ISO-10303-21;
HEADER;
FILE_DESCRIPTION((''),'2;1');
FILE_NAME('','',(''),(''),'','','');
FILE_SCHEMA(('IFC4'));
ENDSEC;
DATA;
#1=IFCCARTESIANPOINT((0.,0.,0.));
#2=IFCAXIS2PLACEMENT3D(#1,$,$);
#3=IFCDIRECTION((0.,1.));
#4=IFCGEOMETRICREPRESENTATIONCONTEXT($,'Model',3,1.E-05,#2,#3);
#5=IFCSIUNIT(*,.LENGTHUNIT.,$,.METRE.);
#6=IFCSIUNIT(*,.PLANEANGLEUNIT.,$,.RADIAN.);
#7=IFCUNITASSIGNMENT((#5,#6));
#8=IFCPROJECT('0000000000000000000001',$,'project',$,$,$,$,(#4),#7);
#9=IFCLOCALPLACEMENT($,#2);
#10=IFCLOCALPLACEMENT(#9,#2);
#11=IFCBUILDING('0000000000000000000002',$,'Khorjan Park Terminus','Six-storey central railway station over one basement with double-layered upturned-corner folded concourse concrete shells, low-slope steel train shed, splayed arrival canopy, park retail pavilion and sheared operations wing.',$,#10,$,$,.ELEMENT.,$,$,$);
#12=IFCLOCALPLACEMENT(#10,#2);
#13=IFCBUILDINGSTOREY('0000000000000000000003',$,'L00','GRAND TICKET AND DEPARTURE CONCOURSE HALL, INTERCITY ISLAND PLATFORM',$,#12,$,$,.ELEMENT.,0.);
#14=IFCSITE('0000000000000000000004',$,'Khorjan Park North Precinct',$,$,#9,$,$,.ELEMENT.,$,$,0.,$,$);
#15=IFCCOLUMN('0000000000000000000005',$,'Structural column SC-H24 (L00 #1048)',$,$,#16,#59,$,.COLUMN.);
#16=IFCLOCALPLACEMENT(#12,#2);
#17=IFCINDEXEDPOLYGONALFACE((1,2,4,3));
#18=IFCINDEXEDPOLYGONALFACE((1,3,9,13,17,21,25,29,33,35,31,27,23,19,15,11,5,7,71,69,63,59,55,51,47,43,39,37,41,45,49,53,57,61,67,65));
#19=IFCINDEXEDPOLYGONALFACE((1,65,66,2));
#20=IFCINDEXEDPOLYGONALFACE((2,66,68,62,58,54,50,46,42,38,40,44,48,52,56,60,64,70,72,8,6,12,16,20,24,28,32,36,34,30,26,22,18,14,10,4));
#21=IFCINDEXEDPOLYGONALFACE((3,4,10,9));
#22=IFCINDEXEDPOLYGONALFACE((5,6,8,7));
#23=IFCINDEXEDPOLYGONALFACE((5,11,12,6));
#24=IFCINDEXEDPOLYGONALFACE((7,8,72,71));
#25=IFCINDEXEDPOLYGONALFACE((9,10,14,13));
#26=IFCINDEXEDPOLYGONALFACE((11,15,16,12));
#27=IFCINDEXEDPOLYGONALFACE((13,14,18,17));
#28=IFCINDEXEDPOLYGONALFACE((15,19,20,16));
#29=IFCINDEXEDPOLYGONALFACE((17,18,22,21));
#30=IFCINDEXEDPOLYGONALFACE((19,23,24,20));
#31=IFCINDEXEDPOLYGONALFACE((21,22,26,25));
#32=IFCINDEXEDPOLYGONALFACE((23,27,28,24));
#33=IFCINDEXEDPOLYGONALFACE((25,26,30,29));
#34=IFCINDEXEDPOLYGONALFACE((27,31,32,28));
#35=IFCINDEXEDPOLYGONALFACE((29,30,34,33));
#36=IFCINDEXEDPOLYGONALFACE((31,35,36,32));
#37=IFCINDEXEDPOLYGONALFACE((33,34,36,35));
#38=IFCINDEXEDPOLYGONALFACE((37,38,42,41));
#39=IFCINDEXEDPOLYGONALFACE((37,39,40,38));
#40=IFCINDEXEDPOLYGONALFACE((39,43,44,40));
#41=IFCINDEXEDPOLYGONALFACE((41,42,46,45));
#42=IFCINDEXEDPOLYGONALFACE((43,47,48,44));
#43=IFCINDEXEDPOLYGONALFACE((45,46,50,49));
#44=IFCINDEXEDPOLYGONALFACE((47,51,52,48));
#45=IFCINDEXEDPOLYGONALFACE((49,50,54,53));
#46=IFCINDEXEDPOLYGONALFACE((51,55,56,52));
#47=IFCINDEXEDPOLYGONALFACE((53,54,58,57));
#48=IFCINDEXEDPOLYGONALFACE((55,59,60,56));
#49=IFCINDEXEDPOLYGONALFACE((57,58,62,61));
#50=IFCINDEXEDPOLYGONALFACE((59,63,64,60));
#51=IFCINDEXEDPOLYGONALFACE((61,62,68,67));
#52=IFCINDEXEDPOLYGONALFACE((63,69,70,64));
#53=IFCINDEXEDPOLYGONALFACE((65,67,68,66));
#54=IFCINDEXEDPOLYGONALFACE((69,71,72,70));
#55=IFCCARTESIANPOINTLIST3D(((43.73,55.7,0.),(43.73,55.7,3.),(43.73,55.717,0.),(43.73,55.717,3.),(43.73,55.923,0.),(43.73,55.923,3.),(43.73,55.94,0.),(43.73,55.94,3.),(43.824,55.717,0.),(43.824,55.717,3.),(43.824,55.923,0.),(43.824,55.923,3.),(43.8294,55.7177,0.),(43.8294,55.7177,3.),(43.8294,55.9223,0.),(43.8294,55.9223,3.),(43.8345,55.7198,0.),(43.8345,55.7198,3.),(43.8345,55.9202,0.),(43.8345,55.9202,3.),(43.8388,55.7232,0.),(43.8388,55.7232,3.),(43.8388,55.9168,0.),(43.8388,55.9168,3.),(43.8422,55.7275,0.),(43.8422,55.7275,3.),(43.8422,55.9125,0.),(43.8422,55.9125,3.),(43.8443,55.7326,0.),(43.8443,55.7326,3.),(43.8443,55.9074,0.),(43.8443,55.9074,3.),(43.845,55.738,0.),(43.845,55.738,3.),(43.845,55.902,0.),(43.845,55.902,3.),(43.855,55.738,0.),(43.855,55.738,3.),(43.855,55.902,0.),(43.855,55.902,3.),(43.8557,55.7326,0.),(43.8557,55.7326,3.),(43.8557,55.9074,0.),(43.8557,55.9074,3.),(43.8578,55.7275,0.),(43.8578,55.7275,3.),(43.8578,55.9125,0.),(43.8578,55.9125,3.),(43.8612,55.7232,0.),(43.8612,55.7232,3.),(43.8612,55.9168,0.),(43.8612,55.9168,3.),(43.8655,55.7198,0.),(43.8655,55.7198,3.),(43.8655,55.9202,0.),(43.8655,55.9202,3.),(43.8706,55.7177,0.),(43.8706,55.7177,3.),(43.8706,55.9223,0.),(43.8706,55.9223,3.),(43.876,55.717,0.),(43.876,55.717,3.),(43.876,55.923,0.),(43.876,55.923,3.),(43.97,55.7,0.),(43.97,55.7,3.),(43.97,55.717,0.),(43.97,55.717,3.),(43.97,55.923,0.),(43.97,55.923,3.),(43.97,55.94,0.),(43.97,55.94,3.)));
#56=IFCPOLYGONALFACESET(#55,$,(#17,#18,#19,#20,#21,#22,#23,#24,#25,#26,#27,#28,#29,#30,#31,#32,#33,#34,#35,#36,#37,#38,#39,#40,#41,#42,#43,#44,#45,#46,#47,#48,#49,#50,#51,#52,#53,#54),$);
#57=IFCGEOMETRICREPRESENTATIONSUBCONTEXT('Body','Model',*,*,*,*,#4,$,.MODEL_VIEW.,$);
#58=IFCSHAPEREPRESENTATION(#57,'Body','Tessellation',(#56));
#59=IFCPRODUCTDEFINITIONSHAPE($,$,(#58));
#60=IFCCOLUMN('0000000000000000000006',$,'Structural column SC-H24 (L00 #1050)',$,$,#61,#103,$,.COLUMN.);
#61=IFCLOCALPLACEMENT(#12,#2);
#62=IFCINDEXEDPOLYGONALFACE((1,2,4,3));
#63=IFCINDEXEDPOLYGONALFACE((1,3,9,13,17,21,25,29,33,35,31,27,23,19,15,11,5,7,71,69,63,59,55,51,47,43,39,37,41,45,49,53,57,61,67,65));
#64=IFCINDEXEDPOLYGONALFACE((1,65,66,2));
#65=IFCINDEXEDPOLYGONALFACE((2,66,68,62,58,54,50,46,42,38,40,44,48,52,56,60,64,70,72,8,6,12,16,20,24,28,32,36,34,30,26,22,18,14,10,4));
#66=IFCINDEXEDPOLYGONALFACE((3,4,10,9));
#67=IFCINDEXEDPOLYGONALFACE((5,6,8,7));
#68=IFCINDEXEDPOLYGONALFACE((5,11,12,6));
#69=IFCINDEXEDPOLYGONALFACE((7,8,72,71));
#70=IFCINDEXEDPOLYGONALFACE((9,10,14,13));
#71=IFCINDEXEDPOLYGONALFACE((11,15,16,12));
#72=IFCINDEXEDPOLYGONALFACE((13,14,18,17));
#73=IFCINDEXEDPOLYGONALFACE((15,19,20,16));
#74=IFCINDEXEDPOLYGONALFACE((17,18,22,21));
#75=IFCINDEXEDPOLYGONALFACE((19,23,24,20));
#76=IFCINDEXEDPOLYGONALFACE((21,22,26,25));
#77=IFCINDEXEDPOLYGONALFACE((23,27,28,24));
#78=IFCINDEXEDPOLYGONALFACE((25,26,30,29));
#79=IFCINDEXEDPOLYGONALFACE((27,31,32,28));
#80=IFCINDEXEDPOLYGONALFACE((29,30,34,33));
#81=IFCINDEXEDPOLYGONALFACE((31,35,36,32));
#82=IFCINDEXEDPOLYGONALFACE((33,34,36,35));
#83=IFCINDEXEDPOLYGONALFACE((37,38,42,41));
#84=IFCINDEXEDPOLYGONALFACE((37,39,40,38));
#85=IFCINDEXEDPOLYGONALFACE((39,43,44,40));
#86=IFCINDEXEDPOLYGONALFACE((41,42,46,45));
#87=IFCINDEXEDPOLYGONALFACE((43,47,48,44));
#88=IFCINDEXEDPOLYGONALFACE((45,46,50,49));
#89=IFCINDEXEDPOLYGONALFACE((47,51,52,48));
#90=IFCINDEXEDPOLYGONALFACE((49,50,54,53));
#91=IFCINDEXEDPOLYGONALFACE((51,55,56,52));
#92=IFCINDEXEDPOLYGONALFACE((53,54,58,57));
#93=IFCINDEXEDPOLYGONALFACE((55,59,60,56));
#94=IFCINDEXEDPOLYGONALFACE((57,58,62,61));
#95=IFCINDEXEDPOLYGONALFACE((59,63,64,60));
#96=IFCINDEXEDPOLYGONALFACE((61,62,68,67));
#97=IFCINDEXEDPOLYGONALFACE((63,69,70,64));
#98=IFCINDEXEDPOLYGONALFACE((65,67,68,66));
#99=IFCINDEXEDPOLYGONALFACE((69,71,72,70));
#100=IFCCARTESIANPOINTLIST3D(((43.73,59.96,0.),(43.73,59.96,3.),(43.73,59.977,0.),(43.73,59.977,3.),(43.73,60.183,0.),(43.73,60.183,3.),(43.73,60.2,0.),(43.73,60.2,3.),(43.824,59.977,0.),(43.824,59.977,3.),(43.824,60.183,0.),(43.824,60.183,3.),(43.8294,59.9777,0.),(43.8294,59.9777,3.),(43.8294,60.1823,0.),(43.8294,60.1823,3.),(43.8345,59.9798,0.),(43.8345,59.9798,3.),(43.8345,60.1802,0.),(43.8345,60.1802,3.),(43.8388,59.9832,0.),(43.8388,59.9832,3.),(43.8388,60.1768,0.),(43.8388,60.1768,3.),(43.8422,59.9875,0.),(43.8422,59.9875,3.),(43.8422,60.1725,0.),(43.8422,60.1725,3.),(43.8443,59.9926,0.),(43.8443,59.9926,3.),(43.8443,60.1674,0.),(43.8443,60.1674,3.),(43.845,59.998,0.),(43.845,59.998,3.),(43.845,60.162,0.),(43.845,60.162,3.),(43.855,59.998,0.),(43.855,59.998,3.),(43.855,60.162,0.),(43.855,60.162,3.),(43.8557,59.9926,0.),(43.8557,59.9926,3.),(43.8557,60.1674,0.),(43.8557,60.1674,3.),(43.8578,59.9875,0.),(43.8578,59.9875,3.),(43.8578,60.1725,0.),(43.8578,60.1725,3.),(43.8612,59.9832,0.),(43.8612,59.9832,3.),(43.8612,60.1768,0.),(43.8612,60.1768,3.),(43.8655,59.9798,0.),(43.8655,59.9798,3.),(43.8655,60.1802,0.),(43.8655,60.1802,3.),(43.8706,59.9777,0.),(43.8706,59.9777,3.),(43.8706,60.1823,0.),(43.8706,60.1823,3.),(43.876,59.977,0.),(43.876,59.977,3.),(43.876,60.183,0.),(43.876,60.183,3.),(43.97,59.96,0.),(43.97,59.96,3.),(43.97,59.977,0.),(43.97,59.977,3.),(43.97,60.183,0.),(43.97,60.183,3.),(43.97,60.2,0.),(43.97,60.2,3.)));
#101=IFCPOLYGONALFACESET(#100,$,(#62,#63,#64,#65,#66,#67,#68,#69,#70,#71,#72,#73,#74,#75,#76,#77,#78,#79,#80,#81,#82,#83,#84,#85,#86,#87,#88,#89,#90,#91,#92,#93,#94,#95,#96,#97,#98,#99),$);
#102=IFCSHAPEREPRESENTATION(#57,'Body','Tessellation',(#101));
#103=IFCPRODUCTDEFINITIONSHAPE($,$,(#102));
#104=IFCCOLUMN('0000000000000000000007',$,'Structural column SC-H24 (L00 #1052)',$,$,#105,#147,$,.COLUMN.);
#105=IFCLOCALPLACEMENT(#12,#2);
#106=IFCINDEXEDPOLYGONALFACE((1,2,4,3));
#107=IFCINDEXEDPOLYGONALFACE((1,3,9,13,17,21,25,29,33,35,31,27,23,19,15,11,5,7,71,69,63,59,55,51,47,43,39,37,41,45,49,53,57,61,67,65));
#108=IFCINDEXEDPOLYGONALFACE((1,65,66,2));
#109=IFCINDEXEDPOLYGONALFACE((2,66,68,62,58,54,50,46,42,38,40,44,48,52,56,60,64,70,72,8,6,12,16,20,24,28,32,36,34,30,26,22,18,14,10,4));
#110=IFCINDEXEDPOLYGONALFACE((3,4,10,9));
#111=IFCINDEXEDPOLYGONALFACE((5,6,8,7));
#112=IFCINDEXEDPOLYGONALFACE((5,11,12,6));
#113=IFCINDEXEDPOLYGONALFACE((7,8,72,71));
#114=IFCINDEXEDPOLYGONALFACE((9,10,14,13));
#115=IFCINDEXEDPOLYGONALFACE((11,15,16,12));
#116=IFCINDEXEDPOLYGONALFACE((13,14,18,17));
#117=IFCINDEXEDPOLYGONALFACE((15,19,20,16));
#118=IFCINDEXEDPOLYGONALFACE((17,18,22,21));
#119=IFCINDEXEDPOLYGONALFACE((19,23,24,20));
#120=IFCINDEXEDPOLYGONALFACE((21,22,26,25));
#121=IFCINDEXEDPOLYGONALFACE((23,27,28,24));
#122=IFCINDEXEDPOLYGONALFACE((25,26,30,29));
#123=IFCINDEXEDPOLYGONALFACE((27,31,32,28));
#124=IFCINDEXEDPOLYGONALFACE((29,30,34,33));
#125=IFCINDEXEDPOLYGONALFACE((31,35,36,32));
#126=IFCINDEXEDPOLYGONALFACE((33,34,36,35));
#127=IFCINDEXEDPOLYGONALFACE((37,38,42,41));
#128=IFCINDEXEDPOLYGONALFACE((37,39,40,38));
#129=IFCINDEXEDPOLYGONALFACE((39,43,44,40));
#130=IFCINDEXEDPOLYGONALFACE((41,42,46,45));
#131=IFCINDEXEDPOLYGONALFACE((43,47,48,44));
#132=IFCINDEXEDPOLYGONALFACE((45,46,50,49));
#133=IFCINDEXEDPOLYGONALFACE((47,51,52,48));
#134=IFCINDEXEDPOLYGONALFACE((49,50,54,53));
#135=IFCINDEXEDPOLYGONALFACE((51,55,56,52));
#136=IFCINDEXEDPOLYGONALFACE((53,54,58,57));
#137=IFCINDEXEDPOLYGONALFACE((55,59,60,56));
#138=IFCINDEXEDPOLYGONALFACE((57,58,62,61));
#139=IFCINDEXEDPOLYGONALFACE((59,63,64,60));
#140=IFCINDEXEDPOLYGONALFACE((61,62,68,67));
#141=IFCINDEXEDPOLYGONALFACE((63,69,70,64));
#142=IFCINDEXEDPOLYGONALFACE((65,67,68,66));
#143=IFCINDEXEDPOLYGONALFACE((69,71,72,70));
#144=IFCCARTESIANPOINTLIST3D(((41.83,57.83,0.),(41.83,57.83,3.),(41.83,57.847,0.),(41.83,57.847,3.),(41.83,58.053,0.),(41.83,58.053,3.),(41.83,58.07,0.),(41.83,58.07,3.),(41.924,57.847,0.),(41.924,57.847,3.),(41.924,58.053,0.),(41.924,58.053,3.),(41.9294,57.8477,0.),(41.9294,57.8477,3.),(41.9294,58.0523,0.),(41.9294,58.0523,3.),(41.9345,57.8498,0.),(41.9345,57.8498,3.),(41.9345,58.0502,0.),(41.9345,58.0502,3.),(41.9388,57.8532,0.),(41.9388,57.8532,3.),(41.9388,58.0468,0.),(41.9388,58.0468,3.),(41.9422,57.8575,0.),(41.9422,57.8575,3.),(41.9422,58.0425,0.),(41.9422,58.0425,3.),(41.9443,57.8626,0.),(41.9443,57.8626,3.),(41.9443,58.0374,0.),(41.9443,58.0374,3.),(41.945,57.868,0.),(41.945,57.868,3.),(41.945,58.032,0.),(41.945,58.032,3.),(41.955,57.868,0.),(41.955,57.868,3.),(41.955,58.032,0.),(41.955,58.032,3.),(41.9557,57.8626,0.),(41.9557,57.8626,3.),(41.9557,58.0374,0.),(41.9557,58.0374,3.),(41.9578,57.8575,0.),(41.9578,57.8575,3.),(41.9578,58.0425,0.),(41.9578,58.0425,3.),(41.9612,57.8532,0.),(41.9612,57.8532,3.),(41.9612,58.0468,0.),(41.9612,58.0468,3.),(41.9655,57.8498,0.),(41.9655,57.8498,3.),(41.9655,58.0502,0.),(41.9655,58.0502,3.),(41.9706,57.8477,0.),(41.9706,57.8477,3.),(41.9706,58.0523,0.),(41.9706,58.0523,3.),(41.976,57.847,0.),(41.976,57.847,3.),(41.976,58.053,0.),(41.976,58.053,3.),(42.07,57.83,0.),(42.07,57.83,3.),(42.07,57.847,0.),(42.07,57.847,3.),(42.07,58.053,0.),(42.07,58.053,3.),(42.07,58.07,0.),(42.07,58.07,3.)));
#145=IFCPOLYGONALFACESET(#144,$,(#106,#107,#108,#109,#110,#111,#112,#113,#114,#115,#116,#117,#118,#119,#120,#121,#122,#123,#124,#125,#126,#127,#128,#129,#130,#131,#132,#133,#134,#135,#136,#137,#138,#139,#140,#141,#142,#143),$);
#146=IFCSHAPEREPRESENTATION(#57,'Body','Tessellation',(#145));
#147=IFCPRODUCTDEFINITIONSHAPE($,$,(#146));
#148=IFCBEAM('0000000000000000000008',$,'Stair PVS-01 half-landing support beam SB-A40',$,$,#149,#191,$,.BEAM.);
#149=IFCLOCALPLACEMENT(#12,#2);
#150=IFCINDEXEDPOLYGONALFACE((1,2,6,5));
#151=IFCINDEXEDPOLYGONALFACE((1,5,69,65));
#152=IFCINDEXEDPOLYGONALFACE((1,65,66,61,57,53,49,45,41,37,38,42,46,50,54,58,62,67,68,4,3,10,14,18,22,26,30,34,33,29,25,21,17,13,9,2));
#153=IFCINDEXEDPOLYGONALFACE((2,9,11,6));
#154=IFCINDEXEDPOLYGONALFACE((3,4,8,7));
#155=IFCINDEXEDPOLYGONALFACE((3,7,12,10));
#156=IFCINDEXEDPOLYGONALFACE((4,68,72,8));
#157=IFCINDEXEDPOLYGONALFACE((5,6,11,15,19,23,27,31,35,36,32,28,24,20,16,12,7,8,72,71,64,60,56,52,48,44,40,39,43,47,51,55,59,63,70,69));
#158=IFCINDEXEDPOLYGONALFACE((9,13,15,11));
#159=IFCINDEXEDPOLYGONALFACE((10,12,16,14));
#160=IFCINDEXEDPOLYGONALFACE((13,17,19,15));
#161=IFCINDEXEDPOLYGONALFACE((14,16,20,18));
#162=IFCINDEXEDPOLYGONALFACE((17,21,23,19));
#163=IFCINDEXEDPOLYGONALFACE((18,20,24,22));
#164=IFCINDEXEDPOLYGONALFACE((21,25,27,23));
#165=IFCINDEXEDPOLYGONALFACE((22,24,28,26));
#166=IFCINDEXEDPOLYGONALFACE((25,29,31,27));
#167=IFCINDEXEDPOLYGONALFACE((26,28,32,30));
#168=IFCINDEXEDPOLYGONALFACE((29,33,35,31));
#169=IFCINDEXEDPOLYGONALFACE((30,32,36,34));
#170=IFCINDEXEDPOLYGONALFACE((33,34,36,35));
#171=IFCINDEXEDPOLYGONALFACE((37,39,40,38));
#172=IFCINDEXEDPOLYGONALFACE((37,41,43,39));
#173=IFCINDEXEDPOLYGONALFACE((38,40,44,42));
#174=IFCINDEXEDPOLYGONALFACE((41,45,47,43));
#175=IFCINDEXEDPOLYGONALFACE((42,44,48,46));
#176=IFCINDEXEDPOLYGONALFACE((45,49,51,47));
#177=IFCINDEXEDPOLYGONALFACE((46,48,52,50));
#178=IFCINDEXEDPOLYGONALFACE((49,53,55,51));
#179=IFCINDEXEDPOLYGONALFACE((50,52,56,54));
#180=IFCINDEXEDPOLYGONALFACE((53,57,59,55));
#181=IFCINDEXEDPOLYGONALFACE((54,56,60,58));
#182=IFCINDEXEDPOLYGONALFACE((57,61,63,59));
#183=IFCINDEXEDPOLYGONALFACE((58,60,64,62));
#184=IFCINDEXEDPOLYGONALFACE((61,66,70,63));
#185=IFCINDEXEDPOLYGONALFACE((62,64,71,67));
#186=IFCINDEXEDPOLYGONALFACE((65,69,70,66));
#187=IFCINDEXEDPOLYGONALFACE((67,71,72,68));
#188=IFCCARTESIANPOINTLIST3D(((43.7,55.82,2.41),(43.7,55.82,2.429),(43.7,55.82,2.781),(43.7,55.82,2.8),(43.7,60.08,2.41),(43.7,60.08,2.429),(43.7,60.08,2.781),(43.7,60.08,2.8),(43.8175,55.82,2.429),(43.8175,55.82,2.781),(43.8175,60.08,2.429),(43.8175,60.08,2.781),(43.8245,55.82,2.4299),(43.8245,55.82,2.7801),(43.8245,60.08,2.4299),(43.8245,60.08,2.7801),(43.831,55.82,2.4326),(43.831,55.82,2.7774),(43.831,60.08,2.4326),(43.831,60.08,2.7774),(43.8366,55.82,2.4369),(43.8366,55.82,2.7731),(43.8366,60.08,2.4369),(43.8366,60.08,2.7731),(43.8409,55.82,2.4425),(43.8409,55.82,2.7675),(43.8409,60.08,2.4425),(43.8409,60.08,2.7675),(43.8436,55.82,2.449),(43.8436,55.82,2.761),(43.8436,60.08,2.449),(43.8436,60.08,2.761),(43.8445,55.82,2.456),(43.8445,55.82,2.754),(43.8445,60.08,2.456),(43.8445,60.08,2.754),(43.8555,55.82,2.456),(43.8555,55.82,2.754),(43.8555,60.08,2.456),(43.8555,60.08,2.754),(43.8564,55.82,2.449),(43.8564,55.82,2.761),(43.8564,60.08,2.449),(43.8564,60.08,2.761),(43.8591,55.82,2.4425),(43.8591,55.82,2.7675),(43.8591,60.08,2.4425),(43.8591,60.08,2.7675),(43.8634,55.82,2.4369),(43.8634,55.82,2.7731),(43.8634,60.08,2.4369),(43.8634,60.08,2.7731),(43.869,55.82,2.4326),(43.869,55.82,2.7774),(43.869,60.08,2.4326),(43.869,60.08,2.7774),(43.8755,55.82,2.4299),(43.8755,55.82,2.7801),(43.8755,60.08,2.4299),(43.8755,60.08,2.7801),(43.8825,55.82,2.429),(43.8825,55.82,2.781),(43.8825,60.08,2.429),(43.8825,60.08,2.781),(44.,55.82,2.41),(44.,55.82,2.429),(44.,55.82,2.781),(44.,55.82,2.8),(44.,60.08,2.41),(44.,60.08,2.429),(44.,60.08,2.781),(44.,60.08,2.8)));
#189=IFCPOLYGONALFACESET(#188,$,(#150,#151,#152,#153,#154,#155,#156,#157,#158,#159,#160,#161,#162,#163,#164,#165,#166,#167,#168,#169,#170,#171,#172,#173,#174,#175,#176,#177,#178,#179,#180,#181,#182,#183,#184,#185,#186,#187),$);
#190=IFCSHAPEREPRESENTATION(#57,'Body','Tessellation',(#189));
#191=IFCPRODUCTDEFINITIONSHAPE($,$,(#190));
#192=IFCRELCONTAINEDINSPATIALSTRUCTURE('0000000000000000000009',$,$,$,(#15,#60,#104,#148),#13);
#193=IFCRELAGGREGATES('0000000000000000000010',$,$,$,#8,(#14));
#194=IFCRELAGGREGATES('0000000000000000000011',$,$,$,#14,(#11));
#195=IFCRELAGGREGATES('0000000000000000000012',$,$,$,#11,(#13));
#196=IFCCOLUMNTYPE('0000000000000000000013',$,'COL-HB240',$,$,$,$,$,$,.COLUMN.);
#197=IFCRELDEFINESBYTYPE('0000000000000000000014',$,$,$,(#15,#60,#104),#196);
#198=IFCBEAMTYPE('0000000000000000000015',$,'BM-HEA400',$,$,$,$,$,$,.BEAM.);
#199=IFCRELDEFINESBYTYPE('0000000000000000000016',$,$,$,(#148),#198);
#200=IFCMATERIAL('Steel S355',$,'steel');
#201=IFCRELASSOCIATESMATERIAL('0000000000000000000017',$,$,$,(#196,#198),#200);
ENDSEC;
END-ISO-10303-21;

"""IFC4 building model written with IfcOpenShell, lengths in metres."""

from ifc_helpers import new_model, si_unit, direction, frame, origin, origin_2d, place, context, subcontext, project, spatial, i_section, extrude, material, material_profile, profile_set, type_object, element, save


model = new_model("IFC4")

# Units and contexts
model_context = context("Model", 3, precision=1e-05, world=origin(), true_north=direction((0.0, 1.0)))
body_context = subcontext(model_context, "Body", "Model", "MODEL_VIEW")
ifc_project = project(units=[si_unit("LENGTHUNIT", "METRE"), si_unit("PLANEANGLEUNIT", "RADIAN")], contexts=[model_context])

# Site, building, storey
site_placement = place(None, origin())
site = spatial("IfcSite", under=ifc_project, at=site_placement, Name="Khorjan Park North Precinct", CompositionType="ELEMENT", RefElevation=0.0)
building_placement = place(site_placement, origin())
building = spatial("IfcBuilding", under=site, at=building_placement, Name="Khorjan Park Terminus", Description="Six-storey central railway station over one basement with double-layered upturned-corner folded concourse concrete shells, low-slope steel train shed, splayed arrival canopy, park retail pavilion and sheared operations wing.", CompositionType="ELEMENT")
storey_placement = place(building_placement, origin())
storey = spatial("IfcBuildingStorey", under=building, at=storey_placement, Name="L00", Description="GRAND TICKET AND DEPARTURE CONCOURSE HALL, INTERCITY ISLAND PLATFORM", CompositionType="ELEMENT", Elevation=0.0)

# Columns
ifc_material_1 = material(Name="Steel S355", Category="steel")
ifc_material_profile_1 = material_profile(ifc_material_1, i_section(OverallWidth=0.24, OverallDepth=0.24, WebThickness=0.01, FlangeThickness=0.017, FilletRadius=0.021, at=origin_2d()), Name="HEB 240")
ifc_profile_set_1 = profile_set([ifc_material_profile_1], Name="Steel S355")
column_type = type_object("IfcColumnType", Name="COL-HB240", PredefinedType="COLUMN", material=ifc_profile_set_1)
for number, where, z_axis, x_axis, name in (
    (1, (43.85, 55.82, 0.0), (0.0, 0.0, 1.0), (1.0, 0.0, 0.0), "Structural column SC-H24 (L00 #1048)"),
    (2, (43.85, 60.08, 0.0), (0.0, 0.0, 1.0), (1.0, 0.0, 0.0), "Structural column SC-H24 (L00 #1050)"),
    (3, (41.95, 57.95, 0.0), (0.0, 0.0, 1.0), (1.0, 0.0, 0.0), "Structural column SC-H24 (L00 #1052)"),
):
    element("IfcColumn", number, at=place(storey_placement, frame(where, z_axis=z_axis, x_axis=x_axis)), inside=storey, type_object=column_type, Name=name, PredefinedType="COLUMN", context=body_context, shape_type="SweptSolid", body=[
        extrude(i_section(OverallWidth=0.24, OverallDepth=0.24, WebThickness=0.01, FlangeThickness=0.017, FilletRadius=0.021, at=origin_2d()), origin(), (0.0, 0.0, 1.0), 3.0),
    ])

# Beam
ifc_material_profile_2 = material_profile(ifc_material_1, i_section(OverallWidth=0.3, OverallDepth=0.39, WebThickness=0.011, FlangeThickness=0.019, FilletRadius=0.027, at=origin_2d()), Name="HEA 400")
ifc_profile_set_2 = profile_set([ifc_material_profile_2], Name="Steel S355")
beam_type = type_object("IfcBeamType", Name="BM-HEA400", PredefinedType="BEAM", material=ifc_profile_set_2)
beam_placement = place(storey_placement, frame((43.85, 55.82, 2.605), z_axis=(0.0, 1.0, 0.0), x_axis=(-1.0, 0.0, 0.0)))
element("IfcBeam", 4, at=beam_placement, inside=storey, type_object=beam_type, Name="Stair PVS-01 half-landing support beam SB-A40", PredefinedType="BEAM", context=body_context, shape_type="SweptSolid", body=[
    extrude(i_section(OverallWidth=0.3, OverallDepth=0.39, WebThickness=0.011, FlangeThickness=0.019, FilletRadius=0.027, at=origin_2d()), origin(), (0.0, 0.0, 1.0), 4.26),
])

save(model, "model.ifc")
